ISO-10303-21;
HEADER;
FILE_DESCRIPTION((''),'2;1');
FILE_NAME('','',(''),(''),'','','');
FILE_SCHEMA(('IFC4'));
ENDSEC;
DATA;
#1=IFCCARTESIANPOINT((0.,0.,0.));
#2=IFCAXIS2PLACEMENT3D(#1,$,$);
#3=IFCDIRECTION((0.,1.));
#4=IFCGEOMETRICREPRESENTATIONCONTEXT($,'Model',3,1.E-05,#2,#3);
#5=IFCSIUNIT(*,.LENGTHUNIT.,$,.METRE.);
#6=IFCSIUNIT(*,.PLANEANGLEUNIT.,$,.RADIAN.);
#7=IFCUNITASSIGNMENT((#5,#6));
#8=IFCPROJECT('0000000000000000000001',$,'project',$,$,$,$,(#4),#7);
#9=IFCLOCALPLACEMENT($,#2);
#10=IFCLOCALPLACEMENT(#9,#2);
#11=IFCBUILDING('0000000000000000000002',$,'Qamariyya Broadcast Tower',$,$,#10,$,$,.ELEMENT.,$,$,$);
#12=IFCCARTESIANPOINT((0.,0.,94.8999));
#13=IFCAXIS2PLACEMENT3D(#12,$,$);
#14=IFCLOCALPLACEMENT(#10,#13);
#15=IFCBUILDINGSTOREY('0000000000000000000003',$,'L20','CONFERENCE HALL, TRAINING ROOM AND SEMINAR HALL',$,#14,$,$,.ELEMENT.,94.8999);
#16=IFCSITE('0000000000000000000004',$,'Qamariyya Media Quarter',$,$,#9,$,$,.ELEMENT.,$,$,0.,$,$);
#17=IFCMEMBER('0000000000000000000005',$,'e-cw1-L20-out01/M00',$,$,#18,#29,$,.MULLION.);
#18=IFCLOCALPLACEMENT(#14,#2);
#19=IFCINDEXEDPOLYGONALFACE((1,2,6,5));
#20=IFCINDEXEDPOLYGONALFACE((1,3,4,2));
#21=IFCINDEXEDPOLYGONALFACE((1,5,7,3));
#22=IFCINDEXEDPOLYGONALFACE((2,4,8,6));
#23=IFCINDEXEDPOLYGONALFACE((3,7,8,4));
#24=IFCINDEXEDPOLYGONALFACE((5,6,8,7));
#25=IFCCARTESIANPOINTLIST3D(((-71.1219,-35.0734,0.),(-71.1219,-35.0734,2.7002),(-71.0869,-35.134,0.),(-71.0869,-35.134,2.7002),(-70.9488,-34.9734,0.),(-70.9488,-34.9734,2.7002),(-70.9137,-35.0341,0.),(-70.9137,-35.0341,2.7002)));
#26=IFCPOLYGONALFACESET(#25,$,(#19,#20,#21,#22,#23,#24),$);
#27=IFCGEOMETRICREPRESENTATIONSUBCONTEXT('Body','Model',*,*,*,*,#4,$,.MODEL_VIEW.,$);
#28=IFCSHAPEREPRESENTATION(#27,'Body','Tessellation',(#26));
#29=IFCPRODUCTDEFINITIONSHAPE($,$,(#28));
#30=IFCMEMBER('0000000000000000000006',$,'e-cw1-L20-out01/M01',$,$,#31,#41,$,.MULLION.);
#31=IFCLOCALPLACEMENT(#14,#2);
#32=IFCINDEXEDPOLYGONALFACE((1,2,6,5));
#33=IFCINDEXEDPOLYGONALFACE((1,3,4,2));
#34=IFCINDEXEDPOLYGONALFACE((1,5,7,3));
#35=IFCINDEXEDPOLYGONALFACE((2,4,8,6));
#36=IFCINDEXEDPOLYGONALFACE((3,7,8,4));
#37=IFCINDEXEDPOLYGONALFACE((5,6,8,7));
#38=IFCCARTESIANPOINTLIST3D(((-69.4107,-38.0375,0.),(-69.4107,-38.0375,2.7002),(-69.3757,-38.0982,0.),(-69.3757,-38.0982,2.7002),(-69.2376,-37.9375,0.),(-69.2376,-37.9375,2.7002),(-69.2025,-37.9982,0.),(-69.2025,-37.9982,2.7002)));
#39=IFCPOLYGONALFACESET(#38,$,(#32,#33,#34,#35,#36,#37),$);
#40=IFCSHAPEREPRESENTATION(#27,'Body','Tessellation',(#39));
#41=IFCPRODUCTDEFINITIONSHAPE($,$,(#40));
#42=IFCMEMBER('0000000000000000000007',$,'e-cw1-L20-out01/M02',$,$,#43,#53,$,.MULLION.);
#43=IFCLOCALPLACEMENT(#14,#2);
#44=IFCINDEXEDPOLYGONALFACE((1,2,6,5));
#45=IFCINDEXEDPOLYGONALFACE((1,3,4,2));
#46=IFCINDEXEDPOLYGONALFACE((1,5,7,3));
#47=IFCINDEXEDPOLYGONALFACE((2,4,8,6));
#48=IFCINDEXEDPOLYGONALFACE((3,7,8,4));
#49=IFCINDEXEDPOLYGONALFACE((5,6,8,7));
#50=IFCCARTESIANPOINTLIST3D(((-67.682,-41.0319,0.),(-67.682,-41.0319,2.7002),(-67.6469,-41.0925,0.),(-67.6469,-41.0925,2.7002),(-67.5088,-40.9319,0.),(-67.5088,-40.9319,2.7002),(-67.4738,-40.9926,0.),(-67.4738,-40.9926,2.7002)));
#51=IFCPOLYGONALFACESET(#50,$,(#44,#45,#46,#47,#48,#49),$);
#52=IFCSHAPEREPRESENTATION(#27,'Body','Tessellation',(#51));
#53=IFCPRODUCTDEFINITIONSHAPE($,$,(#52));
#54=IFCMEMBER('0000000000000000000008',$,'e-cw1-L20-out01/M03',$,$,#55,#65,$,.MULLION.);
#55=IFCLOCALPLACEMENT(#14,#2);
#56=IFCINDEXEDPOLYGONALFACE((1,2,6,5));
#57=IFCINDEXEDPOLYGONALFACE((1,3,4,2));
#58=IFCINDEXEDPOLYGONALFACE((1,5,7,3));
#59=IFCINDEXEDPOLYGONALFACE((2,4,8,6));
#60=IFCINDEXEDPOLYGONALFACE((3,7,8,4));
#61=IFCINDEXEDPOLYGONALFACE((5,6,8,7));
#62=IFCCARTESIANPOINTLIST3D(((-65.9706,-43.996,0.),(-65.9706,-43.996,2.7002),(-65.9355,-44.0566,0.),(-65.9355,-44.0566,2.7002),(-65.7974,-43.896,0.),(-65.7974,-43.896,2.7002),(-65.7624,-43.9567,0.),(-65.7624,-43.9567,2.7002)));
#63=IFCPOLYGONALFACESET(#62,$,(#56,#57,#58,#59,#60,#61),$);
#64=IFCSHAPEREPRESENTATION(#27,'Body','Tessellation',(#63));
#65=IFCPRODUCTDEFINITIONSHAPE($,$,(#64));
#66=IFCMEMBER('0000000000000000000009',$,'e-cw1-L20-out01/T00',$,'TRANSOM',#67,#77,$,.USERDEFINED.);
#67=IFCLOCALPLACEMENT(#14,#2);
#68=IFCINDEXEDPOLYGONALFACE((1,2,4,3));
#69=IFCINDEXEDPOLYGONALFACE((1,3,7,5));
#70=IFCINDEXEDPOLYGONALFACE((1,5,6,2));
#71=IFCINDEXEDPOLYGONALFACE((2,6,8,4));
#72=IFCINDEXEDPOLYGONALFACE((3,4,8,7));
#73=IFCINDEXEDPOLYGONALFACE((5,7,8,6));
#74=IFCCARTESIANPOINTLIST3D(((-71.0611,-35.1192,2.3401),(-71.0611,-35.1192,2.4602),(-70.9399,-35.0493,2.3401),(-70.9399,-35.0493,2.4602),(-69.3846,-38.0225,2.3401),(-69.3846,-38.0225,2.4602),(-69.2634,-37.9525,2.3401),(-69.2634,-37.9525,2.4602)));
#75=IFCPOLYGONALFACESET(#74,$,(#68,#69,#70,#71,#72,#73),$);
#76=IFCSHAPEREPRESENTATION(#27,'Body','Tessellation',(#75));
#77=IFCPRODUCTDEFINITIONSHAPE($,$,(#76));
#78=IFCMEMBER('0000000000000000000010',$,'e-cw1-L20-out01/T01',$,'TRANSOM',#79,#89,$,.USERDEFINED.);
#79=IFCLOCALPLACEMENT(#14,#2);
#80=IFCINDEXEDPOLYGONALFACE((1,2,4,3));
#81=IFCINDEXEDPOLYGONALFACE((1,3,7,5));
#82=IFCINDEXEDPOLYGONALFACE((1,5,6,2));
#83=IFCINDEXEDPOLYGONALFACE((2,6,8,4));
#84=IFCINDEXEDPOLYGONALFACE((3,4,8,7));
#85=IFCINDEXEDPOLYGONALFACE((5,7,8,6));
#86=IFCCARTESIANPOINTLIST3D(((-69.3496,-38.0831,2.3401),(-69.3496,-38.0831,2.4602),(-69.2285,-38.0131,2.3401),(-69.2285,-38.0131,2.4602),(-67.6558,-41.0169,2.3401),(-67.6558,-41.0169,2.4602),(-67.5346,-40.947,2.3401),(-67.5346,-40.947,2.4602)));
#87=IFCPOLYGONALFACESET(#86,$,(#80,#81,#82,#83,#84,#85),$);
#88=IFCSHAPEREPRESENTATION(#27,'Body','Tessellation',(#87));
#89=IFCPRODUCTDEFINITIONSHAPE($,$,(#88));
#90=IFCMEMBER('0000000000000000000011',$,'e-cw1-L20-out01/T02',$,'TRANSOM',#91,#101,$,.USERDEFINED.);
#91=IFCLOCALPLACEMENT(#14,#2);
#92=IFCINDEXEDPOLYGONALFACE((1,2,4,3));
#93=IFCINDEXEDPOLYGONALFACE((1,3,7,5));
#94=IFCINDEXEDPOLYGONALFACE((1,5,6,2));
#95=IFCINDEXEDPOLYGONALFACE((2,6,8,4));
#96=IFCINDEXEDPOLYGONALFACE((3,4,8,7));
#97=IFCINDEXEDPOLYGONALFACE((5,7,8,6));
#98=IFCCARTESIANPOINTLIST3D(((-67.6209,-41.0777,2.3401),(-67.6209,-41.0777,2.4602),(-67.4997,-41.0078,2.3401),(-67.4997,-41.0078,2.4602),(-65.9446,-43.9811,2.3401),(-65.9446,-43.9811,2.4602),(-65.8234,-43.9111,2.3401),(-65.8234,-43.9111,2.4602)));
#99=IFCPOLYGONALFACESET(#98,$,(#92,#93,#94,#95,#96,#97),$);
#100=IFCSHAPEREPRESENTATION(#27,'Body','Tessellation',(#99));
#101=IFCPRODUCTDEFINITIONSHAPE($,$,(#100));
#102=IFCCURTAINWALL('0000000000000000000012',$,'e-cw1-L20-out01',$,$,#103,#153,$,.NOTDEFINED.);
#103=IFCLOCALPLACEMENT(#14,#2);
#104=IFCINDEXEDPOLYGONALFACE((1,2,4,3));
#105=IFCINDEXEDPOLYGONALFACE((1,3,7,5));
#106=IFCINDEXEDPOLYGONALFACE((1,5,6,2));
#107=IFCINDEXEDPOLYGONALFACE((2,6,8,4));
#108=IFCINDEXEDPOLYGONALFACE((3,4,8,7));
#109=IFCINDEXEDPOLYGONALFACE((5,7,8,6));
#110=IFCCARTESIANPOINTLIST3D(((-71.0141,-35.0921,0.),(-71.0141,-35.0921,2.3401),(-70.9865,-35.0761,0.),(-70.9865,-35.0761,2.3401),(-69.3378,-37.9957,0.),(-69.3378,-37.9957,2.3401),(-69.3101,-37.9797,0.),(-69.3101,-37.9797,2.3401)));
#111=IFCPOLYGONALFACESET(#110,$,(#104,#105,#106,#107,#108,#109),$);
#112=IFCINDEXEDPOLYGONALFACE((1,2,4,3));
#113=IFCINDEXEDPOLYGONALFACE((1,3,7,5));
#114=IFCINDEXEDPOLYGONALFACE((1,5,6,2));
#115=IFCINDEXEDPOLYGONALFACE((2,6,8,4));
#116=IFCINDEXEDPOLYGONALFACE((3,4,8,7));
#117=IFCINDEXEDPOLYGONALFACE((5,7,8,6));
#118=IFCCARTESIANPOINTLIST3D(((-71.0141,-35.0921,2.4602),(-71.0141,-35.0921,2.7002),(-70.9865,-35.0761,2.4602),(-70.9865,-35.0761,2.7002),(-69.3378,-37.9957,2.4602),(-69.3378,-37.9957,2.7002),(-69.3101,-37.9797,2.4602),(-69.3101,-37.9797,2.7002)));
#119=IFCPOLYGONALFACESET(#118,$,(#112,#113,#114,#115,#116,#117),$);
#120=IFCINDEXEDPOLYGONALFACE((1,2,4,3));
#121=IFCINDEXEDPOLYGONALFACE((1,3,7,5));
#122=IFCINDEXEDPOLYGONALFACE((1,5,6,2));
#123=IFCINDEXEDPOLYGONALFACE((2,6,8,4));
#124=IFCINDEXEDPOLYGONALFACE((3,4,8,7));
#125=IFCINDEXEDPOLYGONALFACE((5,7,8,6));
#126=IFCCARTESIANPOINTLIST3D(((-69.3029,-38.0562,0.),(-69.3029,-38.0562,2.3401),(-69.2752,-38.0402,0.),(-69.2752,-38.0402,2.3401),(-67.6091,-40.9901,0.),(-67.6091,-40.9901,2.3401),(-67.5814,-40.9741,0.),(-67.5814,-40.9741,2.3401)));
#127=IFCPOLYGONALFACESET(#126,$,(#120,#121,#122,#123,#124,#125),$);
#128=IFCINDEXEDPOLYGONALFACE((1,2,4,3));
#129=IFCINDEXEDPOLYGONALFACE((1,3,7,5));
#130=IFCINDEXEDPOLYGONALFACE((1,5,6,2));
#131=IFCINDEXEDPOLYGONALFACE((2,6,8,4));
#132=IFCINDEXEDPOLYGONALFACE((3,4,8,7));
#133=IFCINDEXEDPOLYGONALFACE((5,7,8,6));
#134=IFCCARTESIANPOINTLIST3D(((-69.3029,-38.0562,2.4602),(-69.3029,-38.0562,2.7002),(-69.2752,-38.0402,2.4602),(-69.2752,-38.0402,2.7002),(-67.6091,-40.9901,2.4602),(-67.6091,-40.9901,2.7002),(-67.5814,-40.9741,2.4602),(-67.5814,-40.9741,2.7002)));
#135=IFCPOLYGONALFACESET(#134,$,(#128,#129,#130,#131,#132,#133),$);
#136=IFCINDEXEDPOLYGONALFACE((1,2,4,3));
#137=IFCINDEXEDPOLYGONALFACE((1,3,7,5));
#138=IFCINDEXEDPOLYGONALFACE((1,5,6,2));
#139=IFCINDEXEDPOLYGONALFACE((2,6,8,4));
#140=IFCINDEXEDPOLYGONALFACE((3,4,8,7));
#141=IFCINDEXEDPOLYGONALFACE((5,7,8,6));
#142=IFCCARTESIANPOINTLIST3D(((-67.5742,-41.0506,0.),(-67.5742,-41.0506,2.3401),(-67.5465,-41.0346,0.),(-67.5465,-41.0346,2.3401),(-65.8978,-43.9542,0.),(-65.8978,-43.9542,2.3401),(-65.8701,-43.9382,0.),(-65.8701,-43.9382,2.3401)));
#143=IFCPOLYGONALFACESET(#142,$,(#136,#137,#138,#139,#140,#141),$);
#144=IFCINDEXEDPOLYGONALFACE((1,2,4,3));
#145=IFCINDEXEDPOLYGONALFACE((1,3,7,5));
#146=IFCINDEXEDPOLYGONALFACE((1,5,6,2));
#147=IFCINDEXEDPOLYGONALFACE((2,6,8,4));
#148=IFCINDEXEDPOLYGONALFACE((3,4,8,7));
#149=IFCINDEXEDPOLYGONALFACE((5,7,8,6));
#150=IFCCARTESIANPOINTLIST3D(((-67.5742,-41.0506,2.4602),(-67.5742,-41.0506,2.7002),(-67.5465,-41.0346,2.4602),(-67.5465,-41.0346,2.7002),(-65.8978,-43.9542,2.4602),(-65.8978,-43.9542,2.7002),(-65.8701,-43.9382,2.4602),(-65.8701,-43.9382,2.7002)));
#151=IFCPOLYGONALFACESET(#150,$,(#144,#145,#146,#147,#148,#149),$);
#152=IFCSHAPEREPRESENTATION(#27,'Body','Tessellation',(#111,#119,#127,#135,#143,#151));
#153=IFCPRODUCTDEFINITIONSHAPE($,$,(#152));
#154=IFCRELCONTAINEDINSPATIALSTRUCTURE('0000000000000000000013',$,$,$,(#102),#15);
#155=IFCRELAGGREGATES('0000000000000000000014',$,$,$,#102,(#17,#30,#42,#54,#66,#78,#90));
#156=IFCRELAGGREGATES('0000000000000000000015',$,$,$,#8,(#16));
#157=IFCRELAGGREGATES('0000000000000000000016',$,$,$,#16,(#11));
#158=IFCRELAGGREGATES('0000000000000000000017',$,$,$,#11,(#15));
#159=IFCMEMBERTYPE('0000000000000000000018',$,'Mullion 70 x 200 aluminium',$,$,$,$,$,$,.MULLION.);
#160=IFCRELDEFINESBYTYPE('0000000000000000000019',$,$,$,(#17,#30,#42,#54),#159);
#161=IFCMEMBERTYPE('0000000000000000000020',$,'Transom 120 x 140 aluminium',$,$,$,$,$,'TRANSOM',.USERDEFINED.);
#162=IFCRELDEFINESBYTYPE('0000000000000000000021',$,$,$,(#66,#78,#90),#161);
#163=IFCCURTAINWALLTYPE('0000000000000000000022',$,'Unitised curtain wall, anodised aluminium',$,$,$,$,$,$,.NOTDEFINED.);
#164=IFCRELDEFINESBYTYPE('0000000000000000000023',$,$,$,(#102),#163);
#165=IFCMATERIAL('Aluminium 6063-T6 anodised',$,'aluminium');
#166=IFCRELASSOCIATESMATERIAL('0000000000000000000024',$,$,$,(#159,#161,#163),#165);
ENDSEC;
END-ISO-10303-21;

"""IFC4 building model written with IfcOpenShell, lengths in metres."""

from ifc_helpers import new_model, si_unit, direction, frame, origin, origin_2d, place, context, subcontext, project, spatial, rectangle, extrude, material, material_profile, profile_set, type_object, element, aggregate, save


model = new_model("IFC4")

# Units and contexts
model_context = context("Model", 3, precision=1e-05, world=origin(), true_north=direction((0.0, 1.0)))
body_context = subcontext(model_context, "Body", "Model", "MODEL_VIEW")
ifc_project = project(units=[si_unit("LENGTHUNIT", "METRE"), si_unit("PLANEANGLEUNIT", "RADIAN")], contexts=[model_context])

# Members
ifc_material_1 = material(Name="Aluminium 6063-T6 anodised", Category="aluminium")
ifc_material_profile_1 = material_profile(ifc_material_1, rectangle(XDim=0.2, YDim=0.0701, at=origin_2d()))
ifc_profile_set_1 = profile_set([ifc_material_profile_1], Name="Aluminium 6063-T6 anodised")
member_type_1 = type_object("IfcMemberType", Name="Mullion 70 x 200 aluminium", PredefinedType="MULLION", material=ifc_profile_set_1)
site_placement = place(None, origin())
building_placement = place(site_placement, origin())
storey_placement = place(building_placement, frame((0.0, 0.0, 94.8999)))
member_1_placement = place(storey_placement, frame((-71.0178, -35.0537, 0.0), z_axis=(0.0, 0.0, 1.0), x_axis=(0.866025, 0.5, 0.0)))
member_1 = element("IfcMember", 1, at=member_1_placement, type_object=member_type_1, Name="e-cw1-L20-out01/M00", PredefinedType="MULLION", context=body_context, shape_type="SweptSolid", body=[
    extrude(rectangle(XDim=0.2, YDim=0.0701, at=origin_2d()), origin(), (0.0, 0.0, 1.0), 2.7002),
])
member_2_placement = place(storey_placement, frame((-69.3066, -38.0178, 0.0), z_axis=(0.0, 0.0, 1.0), x_axis=(0.866025, 0.5, 0.0)))
member_2 = element("IfcMember", 2, at=member_2_placement, type_object=member_type_1, Name="e-cw1-L20-out01/M01", PredefinedType="MULLION", context=body_context, shape_type="SweptSolid", body=[
    extrude(rectangle(XDim=0.2, YDim=0.0701, at=origin_2d()), origin(), (0.0, 0.0, 1.0), 2.7002),
])
member_3_placement = place(storey_placement, frame((-67.5779, -41.0122, 0.0), z_axis=(0.0, 0.0, 1.0), x_axis=(0.866025, 0.5, 0.0)))
member_3 = element("IfcMember", 3, at=member_3_placement, type_object=member_type_1, Name="e-cw1-L20-out01/M02", PredefinedType="MULLION", context=body_context, shape_type="SweptSolid", body=[
    extrude(rectangle(XDim=0.2, YDim=0.0701, at=origin_2d()), origin(), (0.0, 0.0, 1.0), 2.7002),
])
member_4_placement = place(storey_placement, frame((-65.8665, -43.9763, 0.0), z_axis=(0.0, 0.0, 1.0), x_axis=(0.866025, 0.5, 0.0)))
member_4 = element("IfcMember", 4, at=member_4_placement, type_object=member_type_1, Name="e-cw1-L20-out01/M03", PredefinedType="MULLION", context=body_context, shape_type="SweptSolid", body=[
    extrude(rectangle(XDim=0.2, YDim=0.0701, at=origin_2d()), origin(), (0.0, 0.0, 1.0), 2.7002),
])
ifc_material_profile_2 = material_profile(ifc_material_1, rectangle(XDim=0.1399, YDim=0.1201, at=origin_2d()))
ifc_profile_set_2 = profile_set([ifc_material_profile_2], Name="Aluminium 6063-T6 anodised")
member_type_2 = type_object("IfcMemberType", Name="Transom 120 x 140 aluminium", ElementType="TRANSOM", PredefinedType="USERDEFINED", material=ifc_profile_set_2)
member_5_placement = place(storey_placement, frame((-71.0005, -35.0842, 2.4001), z_axis=(0.500063, -0.865989, 0.0), x_axis=(0.865989, 0.500063, 0.0)))
member_5 = element("IfcMember", 5, at=member_5_placement, type_object=member_type_2, Name="e-cw1-L20-out01/T00", ObjectType="TRANSOM", PredefinedType="USERDEFINED", context=body_context, shape_type="SweptSolid", body=[
    extrude(rectangle(XDim=0.1399, YDim=0.1201, at=origin_2d()), origin(), (0.0, 0.0, 1.0), 3.3525),
])
member_6_placement = place(storey_placement, frame((-69.2891, -38.0481, 2.4001), z_axis=(0.499999, -0.866026, 0.0), x_axis=(0.866026, 0.499999, 0.0)))
member_6 = element("IfcMember", 6, at=member_6_placement, type_object=member_type_2, Name="e-cw1-L20-out01/T01", ObjectType="TRANSOM", PredefinedType="USERDEFINED", context=body_context, shape_type="SweptSolid", body=[
    extrude(rectangle(XDim=0.1399, YDim=0.1201, at=origin_2d()), origin(), (0.0, 0.0, 1.0), 3.3877),
])
member_7_placement = place(storey_placement, frame((-67.5603, -41.0427, 2.4001), z_axis=(0.500008, -0.866021, 0.0), x_axis=(0.866021, 0.500008, 0.0)))
member_7 = element("IfcMember", 7, at=member_7_placement, type_object=member_type_2, Name="e-cw1-L20-out01/T02", ObjectType="TRANSOM", PredefinedType="USERDEFINED", context=body_context, shape_type="SweptSolid", body=[
    extrude(rectangle(XDim=0.1399, YDim=0.1201, at=origin_2d()), origin(), (0.0, 0.0, 1.0), 3.3525),
])

# Site, building, storey
site = spatial("IfcSite", under=ifc_project, at=site_placement, Name="Qamariyya Media Quarter", CompositionType="ELEMENT", RefElevation=0.0)
building = spatial("IfcBuilding", under=site, at=building_placement, Name="Qamariyya Broadcast Tower", CompositionType="ELEMENT")
storey = spatial("IfcBuildingStorey", under=building, at=storey_placement, Name="L20", Description="CONFERENCE HALL, TRAINING ROOM AND SEMINAR HALL", CompositionType="ELEMENT", Elevation=94.8999)

# Curtain wall
curtain_wall_type = type_object("IfcCurtainWallType", Name="Unitised curtain wall, anodised aluminium", PredefinedType="NOTDEFINED", material=ifc_material_1)
curtain_wall_1_placement = place(storey_placement, origin())
curtain_wall_1 = element("IfcCurtainWall", 8, at=curtain_wall_1_placement, inside=storey, type_object=curtain_wall_type, Name="e-cw1-L20-out01", PredefinedType="NOTDEFINED", context=body_context, shape_type="SweptSolid", body=[
    extrude(rectangle(XDim=3.3528, YDim=0.032, at=origin_2d()), frame((-70.1621, -36.5359, 0.0), x_axis=(0.499997, -0.866027, 0.0)), (0.0, 0.0, 1.0), 2.3401),
    extrude(rectangle(XDim=3.3528, YDim=0.032, at=origin_2d()), frame((-70.1621, -36.5359, 2.4602), x_axis=(0.499997, -0.866027, 0.0)), (0.0, 0.0, 1.0), 0.24),
    extrude(rectangle(XDim=3.3877, YDim=0.032, at=origin_2d()), frame((-68.4421, -39.5151, 0.0), x_axis=(0.499997, -0.866027, 0.0)), (0.0, 0.0, 1.0), 2.3401),
    extrude(rectangle(XDim=3.3877, YDim=0.032, at=origin_2d()), frame((-68.4421, -39.5151, 2.4602), x_axis=(0.499997, -0.866027, 0.0)), (0.0, 0.0, 1.0), 0.24),
    extrude(rectangle(XDim=3.3528, YDim=0.032, at=origin_2d()), frame((-66.7222, -42.4944, 0.0), x_axis=(0.499997, -0.866027, 0.0)), (0.0, 0.0, 1.0), 2.3401),
    extrude(rectangle(XDim=3.3528, YDim=0.032, at=origin_2d()), frame((-66.7222, -42.4944, 2.4602), x_axis=(0.499997, -0.866027, 0.0)), (0.0, 0.0, 1.0), 0.24),
])
aggregate(curtain_wall_1, [member_1, member_2, member_3, member_4, member_5, member_6, member_7])

save(model, "model.ifc")
